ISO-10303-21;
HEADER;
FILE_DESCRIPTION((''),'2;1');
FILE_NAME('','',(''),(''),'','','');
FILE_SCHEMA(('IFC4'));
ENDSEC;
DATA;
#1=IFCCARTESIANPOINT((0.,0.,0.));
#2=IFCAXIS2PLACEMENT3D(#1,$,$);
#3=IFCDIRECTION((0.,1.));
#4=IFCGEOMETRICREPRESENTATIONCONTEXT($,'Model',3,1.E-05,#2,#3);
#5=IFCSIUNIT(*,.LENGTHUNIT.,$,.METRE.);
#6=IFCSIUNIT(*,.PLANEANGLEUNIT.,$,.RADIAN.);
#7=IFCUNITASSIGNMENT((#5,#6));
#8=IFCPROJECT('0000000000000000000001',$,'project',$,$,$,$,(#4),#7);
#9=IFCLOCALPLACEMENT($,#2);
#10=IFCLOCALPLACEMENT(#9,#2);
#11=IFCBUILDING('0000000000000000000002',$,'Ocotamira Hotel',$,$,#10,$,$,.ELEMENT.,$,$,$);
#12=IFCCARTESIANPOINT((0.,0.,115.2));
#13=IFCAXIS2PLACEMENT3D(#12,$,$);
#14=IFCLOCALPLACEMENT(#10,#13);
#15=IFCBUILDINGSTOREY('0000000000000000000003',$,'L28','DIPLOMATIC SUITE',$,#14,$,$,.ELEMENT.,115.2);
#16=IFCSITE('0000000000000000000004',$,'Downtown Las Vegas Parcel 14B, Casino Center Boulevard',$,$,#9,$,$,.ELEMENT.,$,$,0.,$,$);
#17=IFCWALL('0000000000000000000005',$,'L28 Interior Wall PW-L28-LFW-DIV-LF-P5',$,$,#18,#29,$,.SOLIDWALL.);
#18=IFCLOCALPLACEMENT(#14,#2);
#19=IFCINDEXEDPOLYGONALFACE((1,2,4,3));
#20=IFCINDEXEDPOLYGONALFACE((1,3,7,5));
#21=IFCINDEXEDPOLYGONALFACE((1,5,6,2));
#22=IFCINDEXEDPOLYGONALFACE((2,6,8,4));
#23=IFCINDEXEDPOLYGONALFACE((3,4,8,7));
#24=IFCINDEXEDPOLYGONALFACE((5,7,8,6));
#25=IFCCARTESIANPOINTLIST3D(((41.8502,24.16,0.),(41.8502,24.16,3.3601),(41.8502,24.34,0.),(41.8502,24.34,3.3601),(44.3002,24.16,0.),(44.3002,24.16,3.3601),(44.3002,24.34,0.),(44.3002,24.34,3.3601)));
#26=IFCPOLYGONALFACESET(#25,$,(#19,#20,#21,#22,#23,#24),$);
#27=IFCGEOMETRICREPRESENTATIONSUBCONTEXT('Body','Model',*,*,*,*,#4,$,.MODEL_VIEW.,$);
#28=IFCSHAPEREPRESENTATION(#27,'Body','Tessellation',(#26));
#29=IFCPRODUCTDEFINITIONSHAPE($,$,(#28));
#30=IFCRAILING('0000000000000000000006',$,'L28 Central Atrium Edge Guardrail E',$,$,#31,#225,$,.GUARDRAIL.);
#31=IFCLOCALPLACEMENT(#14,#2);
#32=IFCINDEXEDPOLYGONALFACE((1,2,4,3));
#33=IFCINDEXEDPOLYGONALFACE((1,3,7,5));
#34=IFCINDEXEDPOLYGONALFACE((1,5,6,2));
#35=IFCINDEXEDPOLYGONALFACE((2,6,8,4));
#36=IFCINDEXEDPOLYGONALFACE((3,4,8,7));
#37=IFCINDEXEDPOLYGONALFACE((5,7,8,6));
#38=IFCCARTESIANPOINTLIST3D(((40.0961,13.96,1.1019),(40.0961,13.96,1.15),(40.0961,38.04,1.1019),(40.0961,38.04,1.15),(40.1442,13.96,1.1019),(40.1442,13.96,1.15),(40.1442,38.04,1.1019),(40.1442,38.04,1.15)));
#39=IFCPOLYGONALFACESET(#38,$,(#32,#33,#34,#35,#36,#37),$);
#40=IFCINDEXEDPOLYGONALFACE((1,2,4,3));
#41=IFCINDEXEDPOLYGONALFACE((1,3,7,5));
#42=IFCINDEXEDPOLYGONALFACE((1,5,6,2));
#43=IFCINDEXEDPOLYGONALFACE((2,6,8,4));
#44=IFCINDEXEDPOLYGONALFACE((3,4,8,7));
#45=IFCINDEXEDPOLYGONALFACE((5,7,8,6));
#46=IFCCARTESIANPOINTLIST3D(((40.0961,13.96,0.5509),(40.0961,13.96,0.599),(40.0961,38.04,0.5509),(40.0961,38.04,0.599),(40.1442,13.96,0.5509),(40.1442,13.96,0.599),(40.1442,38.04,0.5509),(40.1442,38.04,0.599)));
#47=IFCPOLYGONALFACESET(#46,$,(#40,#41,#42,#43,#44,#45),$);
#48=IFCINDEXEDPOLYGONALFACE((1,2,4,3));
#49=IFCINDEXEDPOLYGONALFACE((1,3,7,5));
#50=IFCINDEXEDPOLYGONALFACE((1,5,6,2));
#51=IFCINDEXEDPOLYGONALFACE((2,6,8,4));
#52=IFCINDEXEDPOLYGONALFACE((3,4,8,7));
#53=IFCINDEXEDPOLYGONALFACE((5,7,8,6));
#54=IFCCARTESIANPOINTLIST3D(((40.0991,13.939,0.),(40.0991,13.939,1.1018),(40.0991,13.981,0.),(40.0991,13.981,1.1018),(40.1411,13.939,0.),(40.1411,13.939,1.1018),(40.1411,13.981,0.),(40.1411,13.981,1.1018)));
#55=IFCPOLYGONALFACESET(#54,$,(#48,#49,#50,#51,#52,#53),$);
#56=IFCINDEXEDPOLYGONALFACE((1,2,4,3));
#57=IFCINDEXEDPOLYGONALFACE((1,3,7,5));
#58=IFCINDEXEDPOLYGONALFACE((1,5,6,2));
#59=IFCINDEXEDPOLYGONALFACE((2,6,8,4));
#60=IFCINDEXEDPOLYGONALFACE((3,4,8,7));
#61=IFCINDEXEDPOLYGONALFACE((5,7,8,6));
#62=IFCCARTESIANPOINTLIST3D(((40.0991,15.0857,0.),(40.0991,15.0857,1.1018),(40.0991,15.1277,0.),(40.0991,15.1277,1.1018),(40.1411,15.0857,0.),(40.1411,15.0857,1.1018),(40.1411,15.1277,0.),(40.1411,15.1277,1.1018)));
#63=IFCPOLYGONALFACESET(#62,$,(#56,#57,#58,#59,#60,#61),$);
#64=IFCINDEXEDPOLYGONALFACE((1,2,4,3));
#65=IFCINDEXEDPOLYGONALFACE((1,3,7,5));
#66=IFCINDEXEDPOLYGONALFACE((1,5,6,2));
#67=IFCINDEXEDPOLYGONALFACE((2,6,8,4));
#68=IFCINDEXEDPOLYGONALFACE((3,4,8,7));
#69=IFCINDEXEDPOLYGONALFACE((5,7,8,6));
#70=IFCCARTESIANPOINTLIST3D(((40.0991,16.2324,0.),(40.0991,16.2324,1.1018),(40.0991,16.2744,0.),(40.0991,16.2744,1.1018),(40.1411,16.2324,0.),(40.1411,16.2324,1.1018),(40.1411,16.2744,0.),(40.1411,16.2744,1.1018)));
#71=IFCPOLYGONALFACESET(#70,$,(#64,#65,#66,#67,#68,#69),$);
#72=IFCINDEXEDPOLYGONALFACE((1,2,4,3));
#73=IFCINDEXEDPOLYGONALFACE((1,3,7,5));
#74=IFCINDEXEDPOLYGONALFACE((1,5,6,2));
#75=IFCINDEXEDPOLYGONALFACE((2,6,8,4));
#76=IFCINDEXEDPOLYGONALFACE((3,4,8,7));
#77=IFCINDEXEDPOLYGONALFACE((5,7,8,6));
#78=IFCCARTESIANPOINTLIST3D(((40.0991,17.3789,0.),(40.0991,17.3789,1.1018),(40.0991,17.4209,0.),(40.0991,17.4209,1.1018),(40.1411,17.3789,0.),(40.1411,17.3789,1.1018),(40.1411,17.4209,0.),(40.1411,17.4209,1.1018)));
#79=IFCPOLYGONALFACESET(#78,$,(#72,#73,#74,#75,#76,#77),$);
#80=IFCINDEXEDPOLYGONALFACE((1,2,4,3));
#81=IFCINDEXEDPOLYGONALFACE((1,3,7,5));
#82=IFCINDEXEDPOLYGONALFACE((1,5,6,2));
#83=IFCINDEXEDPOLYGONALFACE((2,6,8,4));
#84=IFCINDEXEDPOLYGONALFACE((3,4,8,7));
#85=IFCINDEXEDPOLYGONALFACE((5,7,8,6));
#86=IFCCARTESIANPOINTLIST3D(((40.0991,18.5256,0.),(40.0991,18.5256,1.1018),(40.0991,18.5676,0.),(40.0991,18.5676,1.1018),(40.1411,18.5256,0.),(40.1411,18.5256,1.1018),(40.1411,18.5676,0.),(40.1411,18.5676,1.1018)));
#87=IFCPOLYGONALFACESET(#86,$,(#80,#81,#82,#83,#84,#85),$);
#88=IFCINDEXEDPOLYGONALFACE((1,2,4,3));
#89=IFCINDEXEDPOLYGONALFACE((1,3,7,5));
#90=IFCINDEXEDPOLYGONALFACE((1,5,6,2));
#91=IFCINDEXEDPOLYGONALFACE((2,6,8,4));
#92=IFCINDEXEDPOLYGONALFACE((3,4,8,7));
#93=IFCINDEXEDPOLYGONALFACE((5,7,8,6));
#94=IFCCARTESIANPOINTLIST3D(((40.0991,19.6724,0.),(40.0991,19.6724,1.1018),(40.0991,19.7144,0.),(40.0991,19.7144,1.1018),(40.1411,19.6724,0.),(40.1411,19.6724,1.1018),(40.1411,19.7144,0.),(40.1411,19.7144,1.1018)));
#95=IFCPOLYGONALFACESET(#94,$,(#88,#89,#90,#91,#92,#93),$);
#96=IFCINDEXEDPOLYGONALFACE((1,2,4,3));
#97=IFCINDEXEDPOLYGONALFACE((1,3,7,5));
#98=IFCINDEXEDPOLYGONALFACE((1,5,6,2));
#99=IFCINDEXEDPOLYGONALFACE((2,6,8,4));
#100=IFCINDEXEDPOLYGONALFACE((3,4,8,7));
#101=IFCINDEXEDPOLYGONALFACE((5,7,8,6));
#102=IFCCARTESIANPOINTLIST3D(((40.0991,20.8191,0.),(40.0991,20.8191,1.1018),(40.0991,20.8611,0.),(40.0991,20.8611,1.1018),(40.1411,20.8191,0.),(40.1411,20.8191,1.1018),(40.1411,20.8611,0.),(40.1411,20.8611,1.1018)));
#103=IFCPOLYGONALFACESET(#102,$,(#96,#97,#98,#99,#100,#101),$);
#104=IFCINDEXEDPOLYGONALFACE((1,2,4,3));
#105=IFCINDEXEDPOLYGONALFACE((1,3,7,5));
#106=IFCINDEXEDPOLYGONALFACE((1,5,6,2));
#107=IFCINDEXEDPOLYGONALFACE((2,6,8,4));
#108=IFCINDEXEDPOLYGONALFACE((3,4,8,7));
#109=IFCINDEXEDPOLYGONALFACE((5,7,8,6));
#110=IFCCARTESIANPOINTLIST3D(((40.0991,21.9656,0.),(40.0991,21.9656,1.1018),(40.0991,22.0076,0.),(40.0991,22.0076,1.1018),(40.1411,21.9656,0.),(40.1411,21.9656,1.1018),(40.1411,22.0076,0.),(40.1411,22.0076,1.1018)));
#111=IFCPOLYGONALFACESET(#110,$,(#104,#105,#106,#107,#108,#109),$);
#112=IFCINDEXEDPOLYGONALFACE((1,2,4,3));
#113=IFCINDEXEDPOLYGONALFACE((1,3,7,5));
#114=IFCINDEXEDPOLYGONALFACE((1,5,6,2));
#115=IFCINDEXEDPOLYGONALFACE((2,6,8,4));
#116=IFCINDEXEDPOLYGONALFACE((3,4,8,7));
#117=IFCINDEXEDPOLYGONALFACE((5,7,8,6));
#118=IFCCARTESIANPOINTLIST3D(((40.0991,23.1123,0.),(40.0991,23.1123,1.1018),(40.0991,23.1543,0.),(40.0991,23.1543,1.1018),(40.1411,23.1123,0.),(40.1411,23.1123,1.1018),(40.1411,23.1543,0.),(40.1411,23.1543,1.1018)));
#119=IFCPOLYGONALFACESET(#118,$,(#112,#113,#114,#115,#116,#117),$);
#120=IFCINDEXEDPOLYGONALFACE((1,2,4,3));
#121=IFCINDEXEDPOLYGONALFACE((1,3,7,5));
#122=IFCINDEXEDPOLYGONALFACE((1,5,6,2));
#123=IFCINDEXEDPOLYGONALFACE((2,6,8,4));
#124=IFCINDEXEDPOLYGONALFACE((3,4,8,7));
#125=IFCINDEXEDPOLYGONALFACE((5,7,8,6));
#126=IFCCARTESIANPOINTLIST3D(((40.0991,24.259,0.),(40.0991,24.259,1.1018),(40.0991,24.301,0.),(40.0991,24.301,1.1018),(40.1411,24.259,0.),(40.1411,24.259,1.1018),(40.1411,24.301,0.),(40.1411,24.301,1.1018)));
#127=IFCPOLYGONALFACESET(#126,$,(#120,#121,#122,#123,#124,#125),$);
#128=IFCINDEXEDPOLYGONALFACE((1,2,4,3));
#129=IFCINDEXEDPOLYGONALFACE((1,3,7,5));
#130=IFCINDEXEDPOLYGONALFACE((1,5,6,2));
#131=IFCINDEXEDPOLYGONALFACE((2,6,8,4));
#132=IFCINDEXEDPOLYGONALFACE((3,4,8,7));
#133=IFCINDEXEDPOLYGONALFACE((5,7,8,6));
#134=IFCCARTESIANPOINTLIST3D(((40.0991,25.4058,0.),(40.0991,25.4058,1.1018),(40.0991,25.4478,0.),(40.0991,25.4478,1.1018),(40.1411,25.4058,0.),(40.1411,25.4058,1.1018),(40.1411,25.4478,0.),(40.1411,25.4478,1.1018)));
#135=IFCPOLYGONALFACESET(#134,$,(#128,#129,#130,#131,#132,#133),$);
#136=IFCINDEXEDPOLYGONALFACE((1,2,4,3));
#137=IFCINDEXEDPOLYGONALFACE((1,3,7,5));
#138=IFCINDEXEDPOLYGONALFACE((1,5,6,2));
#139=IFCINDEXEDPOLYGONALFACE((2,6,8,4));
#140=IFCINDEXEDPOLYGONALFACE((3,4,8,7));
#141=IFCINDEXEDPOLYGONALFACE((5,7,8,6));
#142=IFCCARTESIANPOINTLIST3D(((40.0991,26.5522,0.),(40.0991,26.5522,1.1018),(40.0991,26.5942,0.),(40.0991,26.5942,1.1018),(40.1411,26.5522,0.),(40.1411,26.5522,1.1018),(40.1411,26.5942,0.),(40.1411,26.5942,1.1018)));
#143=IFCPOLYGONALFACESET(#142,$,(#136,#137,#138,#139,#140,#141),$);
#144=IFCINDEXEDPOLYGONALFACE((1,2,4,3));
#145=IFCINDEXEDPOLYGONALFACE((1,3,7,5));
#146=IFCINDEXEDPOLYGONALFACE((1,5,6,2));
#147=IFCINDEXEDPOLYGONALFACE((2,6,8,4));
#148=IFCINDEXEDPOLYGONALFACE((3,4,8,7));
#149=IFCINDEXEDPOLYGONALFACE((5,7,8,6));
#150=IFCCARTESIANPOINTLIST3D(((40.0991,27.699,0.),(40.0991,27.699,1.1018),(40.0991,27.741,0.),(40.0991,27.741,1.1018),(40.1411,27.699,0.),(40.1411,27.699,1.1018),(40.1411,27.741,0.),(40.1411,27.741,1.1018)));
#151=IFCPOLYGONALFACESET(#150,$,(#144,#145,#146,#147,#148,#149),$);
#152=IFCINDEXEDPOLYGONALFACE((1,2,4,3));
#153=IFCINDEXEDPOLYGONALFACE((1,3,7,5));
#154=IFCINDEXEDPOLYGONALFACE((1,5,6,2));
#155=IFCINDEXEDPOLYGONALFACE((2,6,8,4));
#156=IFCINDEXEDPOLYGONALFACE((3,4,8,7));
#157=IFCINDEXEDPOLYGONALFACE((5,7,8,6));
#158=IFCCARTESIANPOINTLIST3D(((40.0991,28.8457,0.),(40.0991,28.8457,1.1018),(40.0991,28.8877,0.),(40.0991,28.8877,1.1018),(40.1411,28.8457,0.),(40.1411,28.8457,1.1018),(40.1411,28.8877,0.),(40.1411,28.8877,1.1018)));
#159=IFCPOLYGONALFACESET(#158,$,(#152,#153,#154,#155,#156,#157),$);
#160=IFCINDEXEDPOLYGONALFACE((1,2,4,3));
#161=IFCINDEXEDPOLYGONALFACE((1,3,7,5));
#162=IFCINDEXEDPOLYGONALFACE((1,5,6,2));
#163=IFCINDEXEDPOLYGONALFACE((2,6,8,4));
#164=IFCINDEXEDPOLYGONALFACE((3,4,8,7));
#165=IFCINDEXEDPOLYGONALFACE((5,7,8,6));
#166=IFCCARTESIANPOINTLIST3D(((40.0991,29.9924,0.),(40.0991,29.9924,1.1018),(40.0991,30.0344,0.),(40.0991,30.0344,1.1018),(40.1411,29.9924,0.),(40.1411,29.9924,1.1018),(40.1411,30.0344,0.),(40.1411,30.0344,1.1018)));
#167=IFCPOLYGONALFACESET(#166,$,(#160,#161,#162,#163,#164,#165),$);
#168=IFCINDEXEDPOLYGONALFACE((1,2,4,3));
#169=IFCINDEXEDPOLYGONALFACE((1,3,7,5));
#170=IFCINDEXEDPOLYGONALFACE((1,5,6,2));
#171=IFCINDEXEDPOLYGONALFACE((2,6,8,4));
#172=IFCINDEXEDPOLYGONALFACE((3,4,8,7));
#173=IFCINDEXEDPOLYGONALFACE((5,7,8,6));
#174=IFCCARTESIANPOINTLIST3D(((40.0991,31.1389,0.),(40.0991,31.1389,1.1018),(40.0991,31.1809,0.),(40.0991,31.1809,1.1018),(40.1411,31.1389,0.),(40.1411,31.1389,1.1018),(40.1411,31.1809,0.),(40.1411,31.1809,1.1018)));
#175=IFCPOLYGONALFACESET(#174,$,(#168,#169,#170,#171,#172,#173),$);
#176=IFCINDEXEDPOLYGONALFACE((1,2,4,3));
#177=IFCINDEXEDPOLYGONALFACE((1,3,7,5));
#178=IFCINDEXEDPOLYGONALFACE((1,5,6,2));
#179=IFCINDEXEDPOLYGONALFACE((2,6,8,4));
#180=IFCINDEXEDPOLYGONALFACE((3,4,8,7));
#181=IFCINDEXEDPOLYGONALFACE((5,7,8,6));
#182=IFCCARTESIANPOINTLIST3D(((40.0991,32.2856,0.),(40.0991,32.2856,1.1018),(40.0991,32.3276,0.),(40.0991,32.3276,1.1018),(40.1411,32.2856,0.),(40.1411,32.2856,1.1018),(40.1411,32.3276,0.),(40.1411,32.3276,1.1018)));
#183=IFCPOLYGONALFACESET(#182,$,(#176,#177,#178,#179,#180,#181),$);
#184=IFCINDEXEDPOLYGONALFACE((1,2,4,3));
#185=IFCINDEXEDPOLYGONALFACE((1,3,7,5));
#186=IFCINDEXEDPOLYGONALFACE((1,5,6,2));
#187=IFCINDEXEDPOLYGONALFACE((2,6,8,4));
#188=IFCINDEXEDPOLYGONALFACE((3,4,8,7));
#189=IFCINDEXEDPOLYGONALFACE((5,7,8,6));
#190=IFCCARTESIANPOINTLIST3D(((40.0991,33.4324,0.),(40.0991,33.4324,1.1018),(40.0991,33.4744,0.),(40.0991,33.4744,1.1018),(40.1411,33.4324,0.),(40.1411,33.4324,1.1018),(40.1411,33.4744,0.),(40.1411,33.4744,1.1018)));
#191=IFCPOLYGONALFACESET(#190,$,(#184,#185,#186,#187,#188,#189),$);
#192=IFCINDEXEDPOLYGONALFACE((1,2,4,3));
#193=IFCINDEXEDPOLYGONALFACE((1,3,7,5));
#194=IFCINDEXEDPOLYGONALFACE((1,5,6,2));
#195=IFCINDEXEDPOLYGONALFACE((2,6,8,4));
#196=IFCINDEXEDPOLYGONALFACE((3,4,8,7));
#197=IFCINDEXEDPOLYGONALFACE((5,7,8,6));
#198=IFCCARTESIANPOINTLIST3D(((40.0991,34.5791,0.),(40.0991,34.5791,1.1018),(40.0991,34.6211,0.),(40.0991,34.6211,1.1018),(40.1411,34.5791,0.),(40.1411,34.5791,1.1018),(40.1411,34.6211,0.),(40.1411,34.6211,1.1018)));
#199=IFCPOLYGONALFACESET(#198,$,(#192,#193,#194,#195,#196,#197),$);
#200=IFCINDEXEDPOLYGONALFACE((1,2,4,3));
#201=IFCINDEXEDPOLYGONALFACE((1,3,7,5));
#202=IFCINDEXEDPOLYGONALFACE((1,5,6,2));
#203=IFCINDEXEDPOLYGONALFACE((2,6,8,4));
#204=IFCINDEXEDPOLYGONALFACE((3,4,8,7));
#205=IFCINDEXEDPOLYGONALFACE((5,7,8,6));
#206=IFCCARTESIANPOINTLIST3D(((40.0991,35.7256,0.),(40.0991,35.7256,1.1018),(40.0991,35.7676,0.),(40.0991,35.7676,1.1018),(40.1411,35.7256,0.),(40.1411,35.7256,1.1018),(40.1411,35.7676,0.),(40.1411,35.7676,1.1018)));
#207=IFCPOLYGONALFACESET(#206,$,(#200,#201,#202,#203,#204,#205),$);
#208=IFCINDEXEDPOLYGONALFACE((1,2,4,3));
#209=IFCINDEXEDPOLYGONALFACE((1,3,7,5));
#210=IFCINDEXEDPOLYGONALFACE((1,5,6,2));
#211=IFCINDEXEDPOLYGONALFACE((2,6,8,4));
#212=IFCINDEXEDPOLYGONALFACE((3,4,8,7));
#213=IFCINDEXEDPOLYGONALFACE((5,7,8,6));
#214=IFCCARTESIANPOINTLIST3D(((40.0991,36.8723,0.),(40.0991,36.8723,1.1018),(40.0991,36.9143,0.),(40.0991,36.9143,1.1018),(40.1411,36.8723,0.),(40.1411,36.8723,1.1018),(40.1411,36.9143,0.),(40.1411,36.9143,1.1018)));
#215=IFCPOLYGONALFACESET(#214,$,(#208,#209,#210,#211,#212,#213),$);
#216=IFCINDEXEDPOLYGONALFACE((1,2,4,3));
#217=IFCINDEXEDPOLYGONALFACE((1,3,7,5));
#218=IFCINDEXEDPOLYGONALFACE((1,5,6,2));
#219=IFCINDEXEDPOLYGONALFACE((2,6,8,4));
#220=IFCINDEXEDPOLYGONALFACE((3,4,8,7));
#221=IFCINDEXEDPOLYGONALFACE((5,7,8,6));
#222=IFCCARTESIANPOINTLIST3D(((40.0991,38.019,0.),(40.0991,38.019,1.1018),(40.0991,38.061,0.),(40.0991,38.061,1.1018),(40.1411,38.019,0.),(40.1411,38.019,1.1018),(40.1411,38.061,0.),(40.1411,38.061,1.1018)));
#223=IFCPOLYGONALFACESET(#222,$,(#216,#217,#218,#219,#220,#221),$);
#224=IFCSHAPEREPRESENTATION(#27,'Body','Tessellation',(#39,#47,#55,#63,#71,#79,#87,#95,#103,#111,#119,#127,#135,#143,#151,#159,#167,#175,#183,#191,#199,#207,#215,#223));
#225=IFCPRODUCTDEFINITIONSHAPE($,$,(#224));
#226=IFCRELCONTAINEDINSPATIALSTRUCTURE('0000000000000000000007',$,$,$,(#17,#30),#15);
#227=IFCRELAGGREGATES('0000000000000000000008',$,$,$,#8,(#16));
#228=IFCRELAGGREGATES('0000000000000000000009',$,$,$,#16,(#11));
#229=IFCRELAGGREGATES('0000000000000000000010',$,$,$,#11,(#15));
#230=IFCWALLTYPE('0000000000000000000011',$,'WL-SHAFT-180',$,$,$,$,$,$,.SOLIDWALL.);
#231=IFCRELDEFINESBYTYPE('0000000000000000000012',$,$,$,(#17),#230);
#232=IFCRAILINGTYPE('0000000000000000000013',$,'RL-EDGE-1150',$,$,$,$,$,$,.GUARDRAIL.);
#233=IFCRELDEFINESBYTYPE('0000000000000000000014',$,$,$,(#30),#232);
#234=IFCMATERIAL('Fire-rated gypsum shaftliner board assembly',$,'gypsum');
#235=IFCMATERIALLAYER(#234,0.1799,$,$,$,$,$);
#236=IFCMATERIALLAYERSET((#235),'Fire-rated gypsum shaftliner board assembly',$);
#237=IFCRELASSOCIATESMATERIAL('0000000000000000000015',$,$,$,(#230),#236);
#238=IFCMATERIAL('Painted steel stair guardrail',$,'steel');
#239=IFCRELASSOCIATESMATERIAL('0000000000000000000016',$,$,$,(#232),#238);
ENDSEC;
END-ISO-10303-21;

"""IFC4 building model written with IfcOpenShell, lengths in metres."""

from ifc_helpers import new_model, si_unit, direction, frame, frame_2d, origin, origin_2d, place, context, subcontext, project, spatial, rectangle, extrude, material, layer, layer_set, type_object, element, save


model = new_model("IFC4")

# Units and contexts
model_context = context("Model", 3, precision=1e-05, world=origin(), true_north=direction((0.0, 1.0)))
body_context = subcontext(model_context, "Body", "Model", "MODEL_VIEW")
ifc_project = project(units=[si_unit("LENGTHUNIT", "METRE"), si_unit("PLANEANGLEUNIT", "RADIAN")], contexts=[model_context])

# Site, building, storey
site_placement = place(None, origin())
site = spatial("IfcSite", under=ifc_project, at=site_placement, Name="Downtown Las Vegas Parcel 14B, Casino Center Boulevard", CompositionType="ELEMENT", RefElevation=0.0)
building_placement = place(site_placement, origin())
building = spatial("IfcBuilding", under=site, at=building_placement, Name="Ocotamira Hotel", CompositionType="ELEMENT")
storey_placement = place(building_placement, frame((0.0, 0.0, 115.2)))
storey = spatial("IfcBuildingStorey", under=building, at=storey_placement, Name="L28", Description="DIPLOMATIC SUITE", CompositionType="ELEMENT", Elevation=115.2)

# Shared definitions
ifc_material_1 = material(Name="Fire-rated gypsum shaftliner board assembly", Category="gypsum")
ifc_layer_1 = layer(ifc_material_1, 0.1799)
ifc_layer_set_1 = layer_set([ifc_layer_1], Name="Fire-rated gypsum shaftliner board assembly")
wall_type_1 = type_object("IfcWallType", Name="WL-SHAFT-180", PredefinedType="SOLIDWALL", material=ifc_layer_set_1)

# Wall
for number, where, z_axis, x_axis, name in (
    (1, (41.8501, 24.25, 0.0), (0.0, 0.0, 1.0), (1.0, 0.0, 0.0), "L28 Interior Wall PW-L28-LFW-DIV-LF-P5"),
):
    element("IfcWall", number, at=place(storey_placement, frame(where, z_axis=z_axis, x_axis=x_axis)), inside=storey, type_object=wall_type_1, Name=name, PredefinedType="SOLIDWALL", context=body_context, shape_type="SweptSolid", body=[
        extrude(rectangle(XDim=2.45, YDim=0.1799, at=frame_2d((1.2251, 0.0))), origin(), (0.0, 0.0, 1.0), 3.3601),
    ])

# Railing
ifc_material_2 = material(Name="Painted steel stair guardrail", Category="steel")
railing_type = type_object("IfcRailingType", Name="RL-EDGE-1150", PredefinedType="GUARDRAIL", material=ifc_material_2)
railing_placement = place(storey_placement, frame((40.1201, 13.96, 0.0)))
element("IfcRailing", 2, at=railing_placement, inside=storey, type_object=railing_type, Name="L28 Central Atrium Edge Guardrail E", PredefinedType="GUARDRAIL", context=body_context, shape_type="SweptSolid", body=[
    extrude(rectangle(XDim=0.0481, YDim=0.0481, at=origin_2d()), frame((0.0, 0.0, 1.126), z_axis=(0.0, 1.0, 0.0), x_axis=(-1.0, 0.0, 0.0)), (0.0, 0.0, 1.0), 24.0801),
    extrude(rectangle(XDim=0.0481, YDim=0.0481, at=origin_2d()), frame((0.0, 0.0, 0.575), z_axis=(0.0, 1.0, 0.0), x_axis=(-1.0, 0.0, 0.0)), (0.0, 0.0, 1.0), 24.0801),
    extrude(rectangle(XDim=0.042, YDim=0.042, at=origin_2d()), origin(), (0.0, 0.0, 1.0), 1.1018),
    extrude(rectangle(XDim=0.042, YDim=0.042, at=origin_2d()), frame((0.0, 1.1467, 0.0)), (0.0, 0.0, 1.0), 1.1018),
    extrude(rectangle(XDim=0.042, YDim=0.042, at=origin_2d()), frame((0.0, 2.2935, 0.0)), (0.0, 0.0, 1.0), 1.1018),
    extrude(rectangle(XDim=0.042, YDim=0.042, at=origin_2d()), frame((0.0, 3.4399, 0.0)), (0.0, 0.0, 1.0), 1.1018),
    extrude(rectangle(XDim=0.042, YDim=0.042, at=origin_2d()), frame((0.0, 4.5867, 0.0)), (0.0, 0.0, 1.0), 1.1018),
    extrude(rectangle(XDim=0.042, YDim=0.042, at=origin_2d()), frame((0.0, 5.7334, 0.0)), (0.0, 0.0, 1.0), 1.1018),
    extrude(rectangle(XDim=0.042, YDim=0.042, at=origin_2d()), frame((0.0, 6.8801, 0.0)), (0.0, 0.0, 1.0), 1.1018),
    extrude(rectangle(XDim=0.042, YDim=0.042, at=origin_2d()), frame((0.0, 8.0266, 0.0)), (0.0, 0.0, 1.0), 1.1018),
    extrude(rectangle(XDim=0.042, YDim=0.042, at=origin_2d()), frame((0.0, 9.1733, 0.0)), (0.0, 0.0, 1.0), 1.1018),
    extrude(rectangle(XDim=0.042, YDim=0.042, at=origin_2d()), frame((0.0, 10.3201, 0.0)), (0.0, 0.0, 1.0), 1.1018),
    extrude(rectangle(XDim=0.042, YDim=0.042, at=origin_2d()), frame((0.0, 11.4668, 0.0)), (0.0, 0.0, 1.0), 1.1018),
    extrude(rectangle(XDim=0.042, YDim=0.042, at=origin_2d()), frame((0.0, 12.6133, 0.0)), (0.0, 0.0, 1.0), 1.1018),
    extrude(rectangle(XDim=0.042, YDim=0.042, at=origin_2d()), frame((0.0, 13.76, 0.0)), (0.0, 0.0, 1.0), 1.1018),
    extrude(rectangle(XDim=0.042, YDim=0.042, at=origin_2d()), frame((0.0, 14.9067, 0.0)), (0.0, 0.0, 1.0), 1.1018),
    extrude(rectangle(XDim=0.042, YDim=0.042, at=origin_2d()), frame((0.0, 16.0535, 0.0)), (0.0, 0.0, 1.0), 1.1018),
    extrude(rectangle(XDim=0.042, YDim=0.042, at=origin_2d()), frame((0.0, 17.2, 0.0)), (0.0, 0.0, 1.0), 1.1018),
    extrude(rectangle(XDim=0.042, YDim=0.042, at=origin_2d()), frame((0.0, 18.3467, 0.0)), (0.0, 0.0, 1.0), 1.1018),
    extrude(rectangle(XDim=0.042, YDim=0.042, at=origin_2d()), frame((0.0, 19.4934, 0.0)), (0.0, 0.0, 1.0), 1.1018),
    extrude(rectangle(XDim=0.042, YDim=0.042, at=origin_2d()), frame((0.0, 20.6401, 0.0)), (0.0, 0.0, 1.0), 1.1018),
    extrude(rectangle(XDim=0.042, YDim=0.042, at=origin_2d()), frame((0.0, 21.7866, 0.0)), (0.0, 0.0, 1.0), 1.1018),
    extrude(rectangle(XDim=0.042, YDim=0.042, at=origin_2d()), frame((0.0, 22.9333, 0.0)), (0.0, 0.0, 1.0), 1.1018),
    extrude(rectangle(XDim=0.042, YDim=0.042, at=origin_2d()), frame((0.0, 24.0801, 0.0)), (0.0, 0.0, 1.0), 1.1018),
])

save(model, "model.ifc")
